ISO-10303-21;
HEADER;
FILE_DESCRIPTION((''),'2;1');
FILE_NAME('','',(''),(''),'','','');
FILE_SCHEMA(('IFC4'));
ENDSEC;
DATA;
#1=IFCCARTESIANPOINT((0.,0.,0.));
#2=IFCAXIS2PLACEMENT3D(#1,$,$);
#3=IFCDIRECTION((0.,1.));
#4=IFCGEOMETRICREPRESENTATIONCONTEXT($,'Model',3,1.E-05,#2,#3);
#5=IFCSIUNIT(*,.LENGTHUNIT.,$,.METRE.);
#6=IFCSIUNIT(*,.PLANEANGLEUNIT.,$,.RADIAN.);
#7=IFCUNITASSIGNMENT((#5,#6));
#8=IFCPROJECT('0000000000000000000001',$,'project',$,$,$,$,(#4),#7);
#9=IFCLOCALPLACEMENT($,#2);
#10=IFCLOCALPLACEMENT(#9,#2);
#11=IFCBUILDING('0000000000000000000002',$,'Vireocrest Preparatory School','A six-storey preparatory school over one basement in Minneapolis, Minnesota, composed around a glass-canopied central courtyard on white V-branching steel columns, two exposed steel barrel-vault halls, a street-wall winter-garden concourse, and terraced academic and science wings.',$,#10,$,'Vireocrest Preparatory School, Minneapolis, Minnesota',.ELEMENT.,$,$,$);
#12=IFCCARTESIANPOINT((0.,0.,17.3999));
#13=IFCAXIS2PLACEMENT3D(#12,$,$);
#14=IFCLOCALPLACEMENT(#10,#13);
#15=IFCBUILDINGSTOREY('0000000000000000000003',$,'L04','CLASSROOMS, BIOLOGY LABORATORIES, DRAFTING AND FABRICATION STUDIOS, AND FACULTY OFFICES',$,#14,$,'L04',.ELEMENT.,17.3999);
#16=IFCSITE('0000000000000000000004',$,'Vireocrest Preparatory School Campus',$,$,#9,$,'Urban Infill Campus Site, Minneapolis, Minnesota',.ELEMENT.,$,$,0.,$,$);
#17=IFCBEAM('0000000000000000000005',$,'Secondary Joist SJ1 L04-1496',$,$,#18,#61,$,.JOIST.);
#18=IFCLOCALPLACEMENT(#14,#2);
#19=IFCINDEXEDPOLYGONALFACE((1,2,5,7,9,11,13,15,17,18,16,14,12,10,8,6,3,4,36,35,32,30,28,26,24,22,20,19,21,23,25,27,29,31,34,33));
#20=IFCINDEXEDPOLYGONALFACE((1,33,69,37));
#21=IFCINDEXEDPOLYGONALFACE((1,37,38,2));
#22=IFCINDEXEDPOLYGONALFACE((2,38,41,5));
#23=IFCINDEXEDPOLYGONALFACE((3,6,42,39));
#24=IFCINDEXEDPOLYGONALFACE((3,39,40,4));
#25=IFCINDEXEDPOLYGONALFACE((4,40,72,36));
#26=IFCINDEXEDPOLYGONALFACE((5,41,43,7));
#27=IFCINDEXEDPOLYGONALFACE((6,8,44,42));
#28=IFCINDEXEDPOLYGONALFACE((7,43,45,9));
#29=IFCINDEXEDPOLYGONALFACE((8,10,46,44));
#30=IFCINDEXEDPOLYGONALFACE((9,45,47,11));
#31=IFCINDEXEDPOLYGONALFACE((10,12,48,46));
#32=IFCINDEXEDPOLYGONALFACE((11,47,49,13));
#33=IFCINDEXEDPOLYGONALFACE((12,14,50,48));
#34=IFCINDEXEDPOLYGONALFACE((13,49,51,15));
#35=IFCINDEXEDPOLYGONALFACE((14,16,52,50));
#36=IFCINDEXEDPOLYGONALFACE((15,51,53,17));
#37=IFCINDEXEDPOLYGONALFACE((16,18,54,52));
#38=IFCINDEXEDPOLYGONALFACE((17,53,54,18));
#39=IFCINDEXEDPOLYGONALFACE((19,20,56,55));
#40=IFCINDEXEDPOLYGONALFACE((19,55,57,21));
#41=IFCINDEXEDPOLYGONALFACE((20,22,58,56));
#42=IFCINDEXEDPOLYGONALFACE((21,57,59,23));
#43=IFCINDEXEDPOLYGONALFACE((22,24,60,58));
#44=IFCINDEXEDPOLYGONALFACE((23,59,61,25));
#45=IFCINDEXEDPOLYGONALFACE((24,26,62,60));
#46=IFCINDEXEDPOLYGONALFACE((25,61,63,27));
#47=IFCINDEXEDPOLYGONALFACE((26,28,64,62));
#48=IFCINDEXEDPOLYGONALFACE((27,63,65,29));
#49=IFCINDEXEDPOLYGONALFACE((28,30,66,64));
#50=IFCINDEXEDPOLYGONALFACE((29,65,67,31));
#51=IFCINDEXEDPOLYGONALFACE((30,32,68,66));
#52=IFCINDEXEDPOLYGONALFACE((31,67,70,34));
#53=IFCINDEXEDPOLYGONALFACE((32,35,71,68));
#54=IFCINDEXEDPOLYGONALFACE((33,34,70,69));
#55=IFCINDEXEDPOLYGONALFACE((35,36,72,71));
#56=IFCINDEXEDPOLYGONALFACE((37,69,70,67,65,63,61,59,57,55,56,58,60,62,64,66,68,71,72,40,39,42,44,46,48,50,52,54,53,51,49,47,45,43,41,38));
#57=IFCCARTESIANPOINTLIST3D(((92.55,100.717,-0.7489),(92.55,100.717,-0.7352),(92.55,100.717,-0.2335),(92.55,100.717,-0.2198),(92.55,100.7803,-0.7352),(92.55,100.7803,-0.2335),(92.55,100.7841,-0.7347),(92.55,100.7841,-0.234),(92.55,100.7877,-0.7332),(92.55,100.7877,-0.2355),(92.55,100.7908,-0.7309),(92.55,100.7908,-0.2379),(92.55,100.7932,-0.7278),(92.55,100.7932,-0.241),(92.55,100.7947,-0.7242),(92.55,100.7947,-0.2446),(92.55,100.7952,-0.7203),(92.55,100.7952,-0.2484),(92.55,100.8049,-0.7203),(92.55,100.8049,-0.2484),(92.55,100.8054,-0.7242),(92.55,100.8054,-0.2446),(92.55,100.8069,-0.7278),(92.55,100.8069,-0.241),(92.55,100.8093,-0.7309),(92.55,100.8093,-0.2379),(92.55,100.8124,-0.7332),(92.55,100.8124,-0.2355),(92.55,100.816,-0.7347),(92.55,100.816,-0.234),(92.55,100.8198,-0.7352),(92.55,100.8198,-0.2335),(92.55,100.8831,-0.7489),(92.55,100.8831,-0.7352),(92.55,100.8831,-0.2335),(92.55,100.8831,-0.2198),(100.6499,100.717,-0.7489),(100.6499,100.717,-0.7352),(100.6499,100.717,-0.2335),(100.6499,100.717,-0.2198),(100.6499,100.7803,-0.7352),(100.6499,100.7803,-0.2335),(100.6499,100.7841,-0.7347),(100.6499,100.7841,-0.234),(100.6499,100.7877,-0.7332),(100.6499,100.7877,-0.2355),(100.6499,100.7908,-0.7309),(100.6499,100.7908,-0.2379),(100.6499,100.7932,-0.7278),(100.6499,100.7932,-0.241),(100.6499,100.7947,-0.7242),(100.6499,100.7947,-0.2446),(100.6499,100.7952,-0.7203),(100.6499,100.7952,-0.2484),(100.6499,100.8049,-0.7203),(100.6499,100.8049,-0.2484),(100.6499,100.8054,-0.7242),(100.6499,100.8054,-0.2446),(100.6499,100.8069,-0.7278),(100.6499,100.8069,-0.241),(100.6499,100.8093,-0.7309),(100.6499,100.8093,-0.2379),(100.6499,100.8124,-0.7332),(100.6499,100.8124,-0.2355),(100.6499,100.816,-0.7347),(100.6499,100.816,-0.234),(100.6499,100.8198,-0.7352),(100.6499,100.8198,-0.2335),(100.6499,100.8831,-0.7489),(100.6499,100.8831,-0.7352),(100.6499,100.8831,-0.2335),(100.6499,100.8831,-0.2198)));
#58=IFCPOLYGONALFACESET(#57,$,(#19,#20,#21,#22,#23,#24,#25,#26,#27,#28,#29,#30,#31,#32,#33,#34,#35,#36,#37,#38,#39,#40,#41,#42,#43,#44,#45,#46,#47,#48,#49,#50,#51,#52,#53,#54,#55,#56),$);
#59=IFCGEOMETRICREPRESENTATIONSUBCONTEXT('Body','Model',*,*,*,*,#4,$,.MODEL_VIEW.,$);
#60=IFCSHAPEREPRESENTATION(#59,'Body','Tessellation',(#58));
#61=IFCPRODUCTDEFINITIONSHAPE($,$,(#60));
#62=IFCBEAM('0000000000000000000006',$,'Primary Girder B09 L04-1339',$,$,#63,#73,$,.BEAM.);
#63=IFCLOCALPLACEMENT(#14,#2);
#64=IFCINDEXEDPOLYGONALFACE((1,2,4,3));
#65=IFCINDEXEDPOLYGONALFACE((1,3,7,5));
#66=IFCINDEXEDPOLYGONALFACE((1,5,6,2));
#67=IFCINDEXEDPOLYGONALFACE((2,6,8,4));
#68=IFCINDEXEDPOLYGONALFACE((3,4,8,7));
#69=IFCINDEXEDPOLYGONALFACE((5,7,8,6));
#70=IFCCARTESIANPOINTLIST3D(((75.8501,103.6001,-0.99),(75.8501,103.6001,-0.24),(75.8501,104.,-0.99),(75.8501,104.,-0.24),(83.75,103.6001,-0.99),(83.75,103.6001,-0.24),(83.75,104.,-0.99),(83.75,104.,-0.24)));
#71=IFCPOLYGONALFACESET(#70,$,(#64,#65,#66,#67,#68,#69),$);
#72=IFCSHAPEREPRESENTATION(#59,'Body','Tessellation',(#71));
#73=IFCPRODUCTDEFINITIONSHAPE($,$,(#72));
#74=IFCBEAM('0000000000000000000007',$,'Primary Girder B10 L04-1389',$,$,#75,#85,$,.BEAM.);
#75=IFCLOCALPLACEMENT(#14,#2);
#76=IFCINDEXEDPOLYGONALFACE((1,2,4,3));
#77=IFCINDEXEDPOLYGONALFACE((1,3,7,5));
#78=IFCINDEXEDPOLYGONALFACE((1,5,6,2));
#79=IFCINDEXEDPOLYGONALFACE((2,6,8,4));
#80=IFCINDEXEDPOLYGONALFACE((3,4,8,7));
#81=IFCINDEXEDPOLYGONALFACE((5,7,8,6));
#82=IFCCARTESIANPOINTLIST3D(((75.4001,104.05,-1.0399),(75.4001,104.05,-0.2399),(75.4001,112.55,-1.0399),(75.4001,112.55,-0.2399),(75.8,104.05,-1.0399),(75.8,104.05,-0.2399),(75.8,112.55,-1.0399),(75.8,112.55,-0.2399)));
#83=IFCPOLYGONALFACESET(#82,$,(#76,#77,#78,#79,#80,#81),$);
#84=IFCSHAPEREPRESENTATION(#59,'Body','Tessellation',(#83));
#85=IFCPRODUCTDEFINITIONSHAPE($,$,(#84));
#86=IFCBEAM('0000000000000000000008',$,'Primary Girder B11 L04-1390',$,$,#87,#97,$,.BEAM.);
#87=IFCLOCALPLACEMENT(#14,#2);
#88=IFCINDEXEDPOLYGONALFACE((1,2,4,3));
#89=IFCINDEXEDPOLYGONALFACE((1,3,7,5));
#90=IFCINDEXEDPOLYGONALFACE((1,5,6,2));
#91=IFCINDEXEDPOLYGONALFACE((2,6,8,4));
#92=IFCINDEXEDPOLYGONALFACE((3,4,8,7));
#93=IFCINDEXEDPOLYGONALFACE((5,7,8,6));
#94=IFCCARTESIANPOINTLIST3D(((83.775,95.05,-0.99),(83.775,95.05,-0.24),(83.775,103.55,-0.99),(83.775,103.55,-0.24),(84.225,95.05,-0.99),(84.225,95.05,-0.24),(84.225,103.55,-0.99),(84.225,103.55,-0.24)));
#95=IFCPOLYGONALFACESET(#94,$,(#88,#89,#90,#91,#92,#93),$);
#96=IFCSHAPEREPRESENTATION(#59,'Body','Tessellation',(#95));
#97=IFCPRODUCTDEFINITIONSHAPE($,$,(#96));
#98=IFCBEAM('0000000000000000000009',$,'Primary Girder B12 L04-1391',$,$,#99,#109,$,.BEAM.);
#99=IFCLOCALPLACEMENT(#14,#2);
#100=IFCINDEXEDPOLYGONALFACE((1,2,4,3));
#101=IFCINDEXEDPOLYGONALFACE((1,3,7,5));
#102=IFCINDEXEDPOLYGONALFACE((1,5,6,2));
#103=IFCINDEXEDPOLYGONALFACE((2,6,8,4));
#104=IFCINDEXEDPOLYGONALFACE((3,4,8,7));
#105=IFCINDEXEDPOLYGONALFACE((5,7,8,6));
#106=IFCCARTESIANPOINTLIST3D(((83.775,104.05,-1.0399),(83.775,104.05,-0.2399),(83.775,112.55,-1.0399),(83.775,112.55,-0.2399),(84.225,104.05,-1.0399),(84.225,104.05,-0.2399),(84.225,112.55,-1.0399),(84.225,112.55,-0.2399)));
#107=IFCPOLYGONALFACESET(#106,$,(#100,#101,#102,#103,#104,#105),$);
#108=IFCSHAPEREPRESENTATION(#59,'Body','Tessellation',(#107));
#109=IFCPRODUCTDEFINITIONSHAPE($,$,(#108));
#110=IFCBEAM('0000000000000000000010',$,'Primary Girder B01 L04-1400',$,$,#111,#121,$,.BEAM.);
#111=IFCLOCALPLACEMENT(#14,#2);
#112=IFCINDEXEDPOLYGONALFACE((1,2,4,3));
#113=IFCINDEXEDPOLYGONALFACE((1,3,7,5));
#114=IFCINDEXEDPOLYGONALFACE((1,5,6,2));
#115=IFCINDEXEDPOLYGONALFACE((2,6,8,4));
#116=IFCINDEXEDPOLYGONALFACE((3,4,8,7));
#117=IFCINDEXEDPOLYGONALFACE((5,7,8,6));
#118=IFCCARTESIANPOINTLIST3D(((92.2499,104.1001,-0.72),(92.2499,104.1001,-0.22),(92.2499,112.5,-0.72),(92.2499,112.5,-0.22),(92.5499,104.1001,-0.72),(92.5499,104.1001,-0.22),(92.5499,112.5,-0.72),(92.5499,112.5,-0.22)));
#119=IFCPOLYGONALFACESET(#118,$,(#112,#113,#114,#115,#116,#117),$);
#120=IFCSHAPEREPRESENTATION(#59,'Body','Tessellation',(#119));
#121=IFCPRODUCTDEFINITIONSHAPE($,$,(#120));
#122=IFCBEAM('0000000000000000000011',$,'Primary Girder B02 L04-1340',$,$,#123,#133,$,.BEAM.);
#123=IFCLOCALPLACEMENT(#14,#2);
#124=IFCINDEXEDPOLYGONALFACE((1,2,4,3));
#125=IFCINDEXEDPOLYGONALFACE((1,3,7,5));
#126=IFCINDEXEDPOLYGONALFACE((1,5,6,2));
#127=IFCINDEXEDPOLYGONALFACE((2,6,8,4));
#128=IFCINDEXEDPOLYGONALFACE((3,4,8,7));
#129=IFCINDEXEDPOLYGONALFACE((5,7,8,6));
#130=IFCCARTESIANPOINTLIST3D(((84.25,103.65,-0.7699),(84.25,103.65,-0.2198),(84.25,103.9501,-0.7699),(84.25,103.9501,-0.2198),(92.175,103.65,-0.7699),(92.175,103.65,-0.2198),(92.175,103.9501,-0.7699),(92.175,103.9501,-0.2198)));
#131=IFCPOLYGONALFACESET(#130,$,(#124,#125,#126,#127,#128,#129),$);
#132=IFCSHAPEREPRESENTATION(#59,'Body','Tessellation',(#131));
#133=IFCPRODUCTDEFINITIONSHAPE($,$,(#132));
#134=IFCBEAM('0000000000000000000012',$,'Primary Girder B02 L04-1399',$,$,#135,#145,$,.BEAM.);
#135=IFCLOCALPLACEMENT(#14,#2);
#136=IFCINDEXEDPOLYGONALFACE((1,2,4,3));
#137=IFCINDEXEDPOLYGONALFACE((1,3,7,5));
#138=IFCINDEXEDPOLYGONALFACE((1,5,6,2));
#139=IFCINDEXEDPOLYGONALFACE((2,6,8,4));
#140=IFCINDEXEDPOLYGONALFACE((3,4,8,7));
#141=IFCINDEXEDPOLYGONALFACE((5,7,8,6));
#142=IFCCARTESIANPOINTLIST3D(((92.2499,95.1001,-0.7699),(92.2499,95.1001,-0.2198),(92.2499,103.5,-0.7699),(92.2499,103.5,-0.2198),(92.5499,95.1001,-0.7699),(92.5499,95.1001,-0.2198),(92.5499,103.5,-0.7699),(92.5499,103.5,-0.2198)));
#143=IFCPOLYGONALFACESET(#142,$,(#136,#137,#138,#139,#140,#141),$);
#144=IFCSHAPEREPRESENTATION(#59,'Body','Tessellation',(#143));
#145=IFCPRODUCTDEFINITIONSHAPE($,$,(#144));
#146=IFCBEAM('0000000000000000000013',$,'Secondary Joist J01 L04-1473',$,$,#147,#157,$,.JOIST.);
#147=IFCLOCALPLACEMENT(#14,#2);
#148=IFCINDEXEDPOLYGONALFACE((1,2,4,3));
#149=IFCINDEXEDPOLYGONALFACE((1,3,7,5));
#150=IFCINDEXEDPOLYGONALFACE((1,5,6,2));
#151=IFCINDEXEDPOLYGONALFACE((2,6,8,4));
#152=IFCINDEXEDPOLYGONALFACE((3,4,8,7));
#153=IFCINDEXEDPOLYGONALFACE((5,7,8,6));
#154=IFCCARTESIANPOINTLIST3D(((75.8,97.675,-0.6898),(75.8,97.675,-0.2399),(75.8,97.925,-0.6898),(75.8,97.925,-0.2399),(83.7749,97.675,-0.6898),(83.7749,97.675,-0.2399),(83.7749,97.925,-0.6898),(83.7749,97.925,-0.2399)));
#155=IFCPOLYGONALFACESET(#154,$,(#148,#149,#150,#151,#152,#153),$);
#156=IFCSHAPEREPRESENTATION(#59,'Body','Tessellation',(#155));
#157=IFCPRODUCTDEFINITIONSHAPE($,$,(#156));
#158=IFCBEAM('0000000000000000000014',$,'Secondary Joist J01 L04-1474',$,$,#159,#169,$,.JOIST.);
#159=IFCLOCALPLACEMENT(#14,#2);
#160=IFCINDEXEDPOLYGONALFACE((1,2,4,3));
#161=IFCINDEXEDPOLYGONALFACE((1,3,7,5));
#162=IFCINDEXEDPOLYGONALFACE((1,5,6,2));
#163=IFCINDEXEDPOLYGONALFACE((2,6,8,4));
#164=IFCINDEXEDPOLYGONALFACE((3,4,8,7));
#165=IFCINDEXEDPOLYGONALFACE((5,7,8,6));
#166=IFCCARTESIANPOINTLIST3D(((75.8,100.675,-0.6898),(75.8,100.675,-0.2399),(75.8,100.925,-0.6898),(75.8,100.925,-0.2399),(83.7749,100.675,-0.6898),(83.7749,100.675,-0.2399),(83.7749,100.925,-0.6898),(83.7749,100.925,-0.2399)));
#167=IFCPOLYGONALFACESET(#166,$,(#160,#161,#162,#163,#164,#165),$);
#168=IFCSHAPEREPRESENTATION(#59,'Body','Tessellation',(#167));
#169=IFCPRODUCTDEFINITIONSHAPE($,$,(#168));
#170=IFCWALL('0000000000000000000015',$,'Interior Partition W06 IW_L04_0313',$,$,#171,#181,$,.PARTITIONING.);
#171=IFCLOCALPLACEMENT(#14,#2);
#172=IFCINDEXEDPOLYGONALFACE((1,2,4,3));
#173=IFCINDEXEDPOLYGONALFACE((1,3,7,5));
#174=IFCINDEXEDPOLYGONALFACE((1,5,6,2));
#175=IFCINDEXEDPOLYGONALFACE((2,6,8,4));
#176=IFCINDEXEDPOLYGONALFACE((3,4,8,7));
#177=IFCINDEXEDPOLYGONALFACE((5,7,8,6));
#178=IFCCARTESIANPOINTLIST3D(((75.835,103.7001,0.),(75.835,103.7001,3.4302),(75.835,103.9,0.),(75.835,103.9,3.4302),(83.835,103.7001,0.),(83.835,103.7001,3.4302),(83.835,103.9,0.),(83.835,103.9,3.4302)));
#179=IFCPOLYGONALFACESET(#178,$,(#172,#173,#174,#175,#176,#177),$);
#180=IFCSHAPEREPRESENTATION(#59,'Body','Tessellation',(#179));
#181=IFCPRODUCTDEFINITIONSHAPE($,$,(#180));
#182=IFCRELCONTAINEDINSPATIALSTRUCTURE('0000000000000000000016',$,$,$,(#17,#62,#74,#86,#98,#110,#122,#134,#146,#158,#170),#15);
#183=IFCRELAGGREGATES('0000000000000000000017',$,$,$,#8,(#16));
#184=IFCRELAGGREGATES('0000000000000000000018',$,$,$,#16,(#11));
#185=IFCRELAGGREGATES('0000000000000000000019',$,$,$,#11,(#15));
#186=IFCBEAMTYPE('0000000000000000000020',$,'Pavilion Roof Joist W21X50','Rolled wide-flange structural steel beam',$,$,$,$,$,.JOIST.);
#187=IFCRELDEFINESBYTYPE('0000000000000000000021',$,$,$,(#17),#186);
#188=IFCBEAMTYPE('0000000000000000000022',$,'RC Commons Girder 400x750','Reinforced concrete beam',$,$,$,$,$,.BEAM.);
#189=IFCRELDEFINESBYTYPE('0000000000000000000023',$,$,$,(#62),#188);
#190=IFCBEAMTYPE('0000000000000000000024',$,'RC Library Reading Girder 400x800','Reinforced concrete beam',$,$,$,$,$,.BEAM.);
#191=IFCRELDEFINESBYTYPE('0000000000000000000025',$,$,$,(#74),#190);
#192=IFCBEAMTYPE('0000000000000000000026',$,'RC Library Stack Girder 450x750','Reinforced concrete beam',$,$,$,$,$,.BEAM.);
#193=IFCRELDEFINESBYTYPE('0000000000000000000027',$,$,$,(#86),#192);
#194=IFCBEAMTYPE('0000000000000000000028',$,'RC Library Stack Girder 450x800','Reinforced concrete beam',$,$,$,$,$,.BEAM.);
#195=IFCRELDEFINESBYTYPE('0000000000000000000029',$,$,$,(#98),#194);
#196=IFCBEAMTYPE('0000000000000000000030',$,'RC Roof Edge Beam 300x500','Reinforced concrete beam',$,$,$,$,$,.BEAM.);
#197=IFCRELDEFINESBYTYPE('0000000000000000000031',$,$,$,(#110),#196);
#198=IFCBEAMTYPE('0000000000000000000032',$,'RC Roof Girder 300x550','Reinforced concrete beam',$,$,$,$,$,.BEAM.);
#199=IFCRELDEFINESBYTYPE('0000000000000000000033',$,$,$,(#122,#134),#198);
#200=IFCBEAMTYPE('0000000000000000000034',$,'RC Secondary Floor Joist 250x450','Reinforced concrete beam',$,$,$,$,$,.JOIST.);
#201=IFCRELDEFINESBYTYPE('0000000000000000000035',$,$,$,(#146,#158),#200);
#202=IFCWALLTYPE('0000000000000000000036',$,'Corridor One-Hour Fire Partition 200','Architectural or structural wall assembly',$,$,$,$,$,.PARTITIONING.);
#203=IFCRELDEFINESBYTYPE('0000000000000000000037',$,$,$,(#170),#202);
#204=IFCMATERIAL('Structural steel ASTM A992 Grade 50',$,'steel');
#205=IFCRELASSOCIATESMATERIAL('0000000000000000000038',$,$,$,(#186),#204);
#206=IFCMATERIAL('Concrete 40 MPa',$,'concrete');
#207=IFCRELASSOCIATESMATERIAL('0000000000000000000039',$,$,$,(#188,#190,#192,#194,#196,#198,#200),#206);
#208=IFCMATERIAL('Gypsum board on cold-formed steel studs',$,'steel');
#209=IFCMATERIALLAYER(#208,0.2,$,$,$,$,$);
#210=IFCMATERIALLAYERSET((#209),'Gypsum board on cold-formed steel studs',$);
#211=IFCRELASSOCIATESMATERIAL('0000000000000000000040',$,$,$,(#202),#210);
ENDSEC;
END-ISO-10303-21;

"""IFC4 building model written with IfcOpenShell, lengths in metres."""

from ifc_helpers import new_model, si_unit, direction, frame, frame_2d, origin, origin_2d, place, context, subcontext, project, spatial, rectangle, i_section, extrude, material, layer, layer_set, material_profile, profile_set, type_object, element, save


model = new_model("IFC4")

# Units and contexts
model_context = context("Model", 3, precision=1e-05, world=origin(), true_north=direction((0.0, 1.0)))
body_context = subcontext(model_context, "Body", "Model", "MODEL_VIEW")
ifc_project = project(units=[si_unit("LENGTHUNIT", "METRE"), si_unit("PLANEANGLEUNIT", "RADIAN")], contexts=[model_context])

# Site, building, storey
site_placement = place(None, origin())
site = spatial("IfcSite", under=ifc_project, at=site_placement, Name="Vireocrest Preparatory School Campus", LongName="Urban Infill Campus Site, Minneapolis, Minnesota", CompositionType="ELEMENT", RefElevation=0.0)
building_placement = place(site_placement, origin())
building = spatial("IfcBuilding", under=site, at=building_placement, Name="Vireocrest Preparatory School", Description="A six-storey preparatory school over one basement in Minneapolis, Minnesota, composed around a glass-canopied central courtyard on white V-branching steel columns, two exposed steel barrel-vault halls, a street-wall winter-garden concourse, and terraced academic and science wings.", LongName="Vireocrest Preparatory School, Minneapolis, Minnesota", CompositionType="ELEMENT")
storey_placement = place(building_placement, frame((0.0, 0.0, 17.3999)))
storey = spatial("IfcBuildingStorey", under=building, at=storey_placement, Name="L04", Description="CLASSROOMS, BIOLOGY LABORATORIES, DRAFTING AND FABRICATION STUDIOS, AND FACULTY OFFICES", LongName="L04", CompositionType="ELEMENT", Elevation=17.3999)

# Beams
ifc_material_1 = material(Name="Structural steel ASTM A992 Grade 50", Category="steel")
ifc_material_profile_1 = material_profile(ifc_material_1, i_section(OverallWidth=0.166, OverallDepth=0.5291, WebThickness=0.0098, FlangeThickness=0.0137, FilletRadius=0.0149, at=origin_2d()), Name="W21X50")
ifc_profile_set_1 = profile_set([ifc_material_profile_1], Name="Structural steel ASTM A992 Grade 50")
beam_type_1 = type_object("IfcBeamType", Name="Pavilion Roof Joist W21X50", Description="Rolled wide-flange structural steel beam", PredefinedType="JOIST", material=ifc_profile_set_1)
for number, where, z_axis, x_axis, name in (
    (1, (92.55, 100.8, -0.4844), (1.0, 0.0, 0.0), (0.0, 1.0, 0.0), "Secondary Joist SJ1 L04-1496"),
):
    element("IfcBeam", number, at=place(storey_placement, frame(where, z_axis=z_axis, x_axis=x_axis)), inside=storey, type_object=beam_type_1, Name=name, PredefinedType="JOIST", context=body_context, shape_type="SweptSolid", body=[
        extrude(i_section(OverallWidth=0.166, OverallDepth=0.5291, WebThickness=0.0098, FlangeThickness=0.0137, FilletRadius=0.0149, at=origin_2d()), origin(), (0.0, 0.0, 1.0), 8.0999),
    ])
ifc_material_2 = material(Name="Concrete 40 MPa", Category="concrete")
ifc_material_profile_2 = material_profile(ifc_material_2, rectangle(XDim=0.3999, YDim=0.75, at=origin_2d()), Name="RC 400x750")
ifc_profile_set_2 = profile_set([ifc_material_profile_2], Name="Concrete 40 MPa")
beam_type_2 = type_object("IfcBeamType", Name="RC Commons Girder 400x750", Description="Reinforced concrete beam", PredefinedType="BEAM", material=ifc_profile_set_2)
beam_1_placement = place(storey_placement, frame((75.8501, 103.8, -0.615), z_axis=(1.0, 0.0, 0.0), x_axis=(0.0, 1.0, 0.0)))
element("IfcBeam", 2, at=beam_1_placement, inside=storey, type_object=beam_type_2, Name="Primary Girder B09 L04-1339", PredefinedType="BEAM", context=body_context, shape_type="SweptSolid", body=[
    extrude(rectangle(XDim=0.3999, YDim=0.75, at=origin_2d()), origin(), (0.0, 0.0, 1.0), 7.8999),
])
ifc_material_profile_3 = material_profile(ifc_material_2, rectangle(XDim=0.3999, YDim=0.8, at=origin_2d()), Name="RC 400x800")
ifc_profile_set_3 = profile_set([ifc_material_profile_3], Name="Concrete 40 MPa")
beam_type_3 = type_object("IfcBeamType", Name="RC Library Reading Girder 400x800", Description="Reinforced concrete beam", PredefinedType="BEAM", material=ifc_profile_set_3)
beam_2_placement = place(storey_placement, frame((75.6001, 104.05, -0.6399), z_axis=(0.0, 1.0, 0.0), x_axis=(-1.0, 0.0, 0.0)))
element("IfcBeam", 3, at=beam_2_placement, inside=storey, type_object=beam_type_3, Name="Primary Girder B10 L04-1389", PredefinedType="BEAM", context=body_context, shape_type="SweptSolid", body=[
    extrude(rectangle(XDim=0.3999, YDim=0.8, at=origin_2d()), origin(), (0.0, 0.0, 1.0), 8.5),
])
ifc_material_profile_4 = material_profile(ifc_material_2, rectangle(XDim=0.45, YDim=0.75, at=origin_2d()), Name="RC 450x750")
ifc_profile_set_4 = profile_set([ifc_material_profile_4], Name="Concrete 40 MPa")
beam_type_4 = type_object("IfcBeamType", Name="RC Library Stack Girder 450x750", Description="Reinforced concrete beam", PredefinedType="BEAM", material=ifc_profile_set_4)
beam_3_placement = place(storey_placement, frame((84.0, 95.05, -0.615), z_axis=(0.0, 1.0, 0.0), x_axis=(-1.0, 0.0, 0.0)))
element("IfcBeam", 4, at=beam_3_placement, inside=storey, type_object=beam_type_4, Name="Primary Girder B11 L04-1390", PredefinedType="BEAM", context=body_context, shape_type="SweptSolid", body=[
    extrude(rectangle(XDim=0.45, YDim=0.75, at=origin_2d()), origin(), (0.0, 0.0, 1.0), 8.5),
])
ifc_material_profile_5 = material_profile(ifc_material_2, rectangle(XDim=0.45, YDim=0.8, at=origin_2d()), Name="RC 450x800")
ifc_profile_set_5 = profile_set([ifc_material_profile_5], Name="Concrete 40 MPa")
beam_type_5 = type_object("IfcBeamType", Name="RC Library Stack Girder 450x800", Description="Reinforced concrete beam", PredefinedType="BEAM", material=ifc_profile_set_5)
beam_4_placement = place(storey_placement, frame((84.0, 104.05, -0.6399), z_axis=(0.0, 1.0, 0.0), x_axis=(-1.0, 0.0, 0.0)))
element("IfcBeam", 5, at=beam_4_placement, inside=storey, type_object=beam_type_5, Name="Primary Girder B12 L04-1391", PredefinedType="BEAM", context=body_context, shape_type="SweptSolid", body=[
    extrude(rectangle(XDim=0.45, YDim=0.8, at=origin_2d()), origin(), (0.0, 0.0, 1.0), 8.5),
])
ifc_material_profile_6 = material_profile(ifc_material_2, rectangle(XDim=0.3, YDim=0.5, at=origin_2d()), Name="RC 300x500")
ifc_profile_set_6 = profile_set([ifc_material_profile_6], Name="Concrete 40 MPa")
beam_type_6 = type_object("IfcBeamType", Name="RC Roof Edge Beam 300x500", Description="Reinforced concrete beam", PredefinedType="BEAM", material=ifc_profile_set_6)
beam_5_placement = place(storey_placement, frame((92.3999, 104.1001, -0.47), z_axis=(0.0, 1.0, 0.0), x_axis=(-1.0, 0.0, 0.0)))
element("IfcBeam", 6, at=beam_5_placement, inside=storey, type_object=beam_type_6, Name="Primary Girder B01 L04-1400", PredefinedType="BEAM", context=body_context, shape_type="SweptSolid", body=[
    extrude(rectangle(XDim=0.3, YDim=0.5, at=origin_2d()), origin(), (0.0, 0.0, 1.0), 8.3999),
])
ifc_material_profile_7 = material_profile(ifc_material_2, rectangle(XDim=0.3, YDim=0.55, at=origin_2d()), Name="RC 300x550")
ifc_profile_set_7 = profile_set([ifc_material_profile_7], Name="Concrete 40 MPa")
beam_type_7 = type_object("IfcBeamType", Name="RC Roof Girder 300x550", Description="Reinforced concrete beam", PredefinedType="BEAM", material=ifc_profile_set_7)
beam_6_placement = place(storey_placement, frame((84.25, 103.8, -0.4949), z_axis=(1.0, 0.0, 0.0), x_axis=(0.0, 1.0, 0.0)))
element("IfcBeam", 7, at=beam_6_placement, inside=storey, type_object=beam_type_7, Name="Primary Girder B02 L04-1340", PredefinedType="BEAM", context=body_context, shape_type="SweptSolid", body=[
    extrude(rectangle(XDim=0.3, YDim=0.55, at=origin_2d()), origin(), (0.0, 0.0, 1.0), 7.925),
])
beam_7_placement = place(storey_placement, frame((92.3999, 95.1001, -0.4949), z_axis=(0.0, 1.0, 0.0), x_axis=(-1.0, 0.0, 0.0)))
element("IfcBeam", 8, at=beam_7_placement, inside=storey, type_object=beam_type_7, Name="Primary Girder B02 L04-1399", PredefinedType="BEAM", context=body_context, shape_type="SweptSolid", body=[
    extrude(rectangle(XDim=0.3, YDim=0.55, at=origin_2d()), origin(), (0.0, 0.0, 1.0), 8.3999),
])
ifc_material_profile_8 = material_profile(ifc_material_2, rectangle(XDim=0.25, YDim=0.45, at=origin_2d()), Name="RC 250x450")
ifc_profile_set_8 = profile_set([ifc_material_profile_8], Name="Concrete 40 MPa")
beam_type_8 = type_object("IfcBeamType", Name="RC Secondary Floor Joist 250x450", Description="Reinforced concrete beam", PredefinedType="JOIST", material=ifc_profile_set_8)
for number, where, z_axis, x_axis, name in (
    (9, (75.8, 97.8, -0.4648), (1.0, 0.0, 0.0), (0.0, 1.0, 0.0), "Secondary Joist J01 L04-1473"),
    (10, (75.8, 100.8, -0.4648), (1.0, 0.0, 0.0), (0.0, 1.0, 0.0), "Secondary Joist J01 L04-1474"),
):
    element("IfcBeam", number, at=place(storey_placement, frame(where, z_axis=z_axis, x_axis=x_axis)), inside=storey, type_object=beam_type_8, Name=name, PredefinedType="JOIST", context=body_context, shape_type="SweptSolid", body=[
        extrude(rectangle(XDim=0.25, YDim=0.45, at=origin_2d()), origin(), (0.0, 0.0, 1.0), 7.9749),
    ])

# Wall
ifc_material_3 = material(Name="Gypsum board on cold-formed steel studs", Category="steel")
ifc_layer_1 = layer(ifc_material_3, 0.2)
ifc_layer_set_1 = layer_set([ifc_layer_1], Name="Gypsum board on cold-formed steel studs")
wall_type_1 = type_object("IfcWallType", Name="Corridor One-Hour Fire Partition 200", Description="Architectural or structural wall assembly", PredefinedType="PARTITIONING", material=ifc_layer_set_1)
wall_1_placement = place(storey_placement, frame((75.835, 103.8, 0.0), z_axis=(0.0, 0.0, 1.0), x_axis=(1.0, 0.0, 0.0)))
element("IfcWall", 11, at=wall_1_placement, inside=storey, type_object=wall_type_1, Name="Interior Partition W06 IW_L04_0313", PredefinedType="PARTITIONING", context=body_context, shape_type="SweptSolid", body=[
    extrude(rectangle(XDim=8.0, YDim=0.2, at=frame_2d((4.0, 0.0))), origin(), (0.0, 0.0, 1.0), 3.4302),
])

save(model, "model.ifc")
